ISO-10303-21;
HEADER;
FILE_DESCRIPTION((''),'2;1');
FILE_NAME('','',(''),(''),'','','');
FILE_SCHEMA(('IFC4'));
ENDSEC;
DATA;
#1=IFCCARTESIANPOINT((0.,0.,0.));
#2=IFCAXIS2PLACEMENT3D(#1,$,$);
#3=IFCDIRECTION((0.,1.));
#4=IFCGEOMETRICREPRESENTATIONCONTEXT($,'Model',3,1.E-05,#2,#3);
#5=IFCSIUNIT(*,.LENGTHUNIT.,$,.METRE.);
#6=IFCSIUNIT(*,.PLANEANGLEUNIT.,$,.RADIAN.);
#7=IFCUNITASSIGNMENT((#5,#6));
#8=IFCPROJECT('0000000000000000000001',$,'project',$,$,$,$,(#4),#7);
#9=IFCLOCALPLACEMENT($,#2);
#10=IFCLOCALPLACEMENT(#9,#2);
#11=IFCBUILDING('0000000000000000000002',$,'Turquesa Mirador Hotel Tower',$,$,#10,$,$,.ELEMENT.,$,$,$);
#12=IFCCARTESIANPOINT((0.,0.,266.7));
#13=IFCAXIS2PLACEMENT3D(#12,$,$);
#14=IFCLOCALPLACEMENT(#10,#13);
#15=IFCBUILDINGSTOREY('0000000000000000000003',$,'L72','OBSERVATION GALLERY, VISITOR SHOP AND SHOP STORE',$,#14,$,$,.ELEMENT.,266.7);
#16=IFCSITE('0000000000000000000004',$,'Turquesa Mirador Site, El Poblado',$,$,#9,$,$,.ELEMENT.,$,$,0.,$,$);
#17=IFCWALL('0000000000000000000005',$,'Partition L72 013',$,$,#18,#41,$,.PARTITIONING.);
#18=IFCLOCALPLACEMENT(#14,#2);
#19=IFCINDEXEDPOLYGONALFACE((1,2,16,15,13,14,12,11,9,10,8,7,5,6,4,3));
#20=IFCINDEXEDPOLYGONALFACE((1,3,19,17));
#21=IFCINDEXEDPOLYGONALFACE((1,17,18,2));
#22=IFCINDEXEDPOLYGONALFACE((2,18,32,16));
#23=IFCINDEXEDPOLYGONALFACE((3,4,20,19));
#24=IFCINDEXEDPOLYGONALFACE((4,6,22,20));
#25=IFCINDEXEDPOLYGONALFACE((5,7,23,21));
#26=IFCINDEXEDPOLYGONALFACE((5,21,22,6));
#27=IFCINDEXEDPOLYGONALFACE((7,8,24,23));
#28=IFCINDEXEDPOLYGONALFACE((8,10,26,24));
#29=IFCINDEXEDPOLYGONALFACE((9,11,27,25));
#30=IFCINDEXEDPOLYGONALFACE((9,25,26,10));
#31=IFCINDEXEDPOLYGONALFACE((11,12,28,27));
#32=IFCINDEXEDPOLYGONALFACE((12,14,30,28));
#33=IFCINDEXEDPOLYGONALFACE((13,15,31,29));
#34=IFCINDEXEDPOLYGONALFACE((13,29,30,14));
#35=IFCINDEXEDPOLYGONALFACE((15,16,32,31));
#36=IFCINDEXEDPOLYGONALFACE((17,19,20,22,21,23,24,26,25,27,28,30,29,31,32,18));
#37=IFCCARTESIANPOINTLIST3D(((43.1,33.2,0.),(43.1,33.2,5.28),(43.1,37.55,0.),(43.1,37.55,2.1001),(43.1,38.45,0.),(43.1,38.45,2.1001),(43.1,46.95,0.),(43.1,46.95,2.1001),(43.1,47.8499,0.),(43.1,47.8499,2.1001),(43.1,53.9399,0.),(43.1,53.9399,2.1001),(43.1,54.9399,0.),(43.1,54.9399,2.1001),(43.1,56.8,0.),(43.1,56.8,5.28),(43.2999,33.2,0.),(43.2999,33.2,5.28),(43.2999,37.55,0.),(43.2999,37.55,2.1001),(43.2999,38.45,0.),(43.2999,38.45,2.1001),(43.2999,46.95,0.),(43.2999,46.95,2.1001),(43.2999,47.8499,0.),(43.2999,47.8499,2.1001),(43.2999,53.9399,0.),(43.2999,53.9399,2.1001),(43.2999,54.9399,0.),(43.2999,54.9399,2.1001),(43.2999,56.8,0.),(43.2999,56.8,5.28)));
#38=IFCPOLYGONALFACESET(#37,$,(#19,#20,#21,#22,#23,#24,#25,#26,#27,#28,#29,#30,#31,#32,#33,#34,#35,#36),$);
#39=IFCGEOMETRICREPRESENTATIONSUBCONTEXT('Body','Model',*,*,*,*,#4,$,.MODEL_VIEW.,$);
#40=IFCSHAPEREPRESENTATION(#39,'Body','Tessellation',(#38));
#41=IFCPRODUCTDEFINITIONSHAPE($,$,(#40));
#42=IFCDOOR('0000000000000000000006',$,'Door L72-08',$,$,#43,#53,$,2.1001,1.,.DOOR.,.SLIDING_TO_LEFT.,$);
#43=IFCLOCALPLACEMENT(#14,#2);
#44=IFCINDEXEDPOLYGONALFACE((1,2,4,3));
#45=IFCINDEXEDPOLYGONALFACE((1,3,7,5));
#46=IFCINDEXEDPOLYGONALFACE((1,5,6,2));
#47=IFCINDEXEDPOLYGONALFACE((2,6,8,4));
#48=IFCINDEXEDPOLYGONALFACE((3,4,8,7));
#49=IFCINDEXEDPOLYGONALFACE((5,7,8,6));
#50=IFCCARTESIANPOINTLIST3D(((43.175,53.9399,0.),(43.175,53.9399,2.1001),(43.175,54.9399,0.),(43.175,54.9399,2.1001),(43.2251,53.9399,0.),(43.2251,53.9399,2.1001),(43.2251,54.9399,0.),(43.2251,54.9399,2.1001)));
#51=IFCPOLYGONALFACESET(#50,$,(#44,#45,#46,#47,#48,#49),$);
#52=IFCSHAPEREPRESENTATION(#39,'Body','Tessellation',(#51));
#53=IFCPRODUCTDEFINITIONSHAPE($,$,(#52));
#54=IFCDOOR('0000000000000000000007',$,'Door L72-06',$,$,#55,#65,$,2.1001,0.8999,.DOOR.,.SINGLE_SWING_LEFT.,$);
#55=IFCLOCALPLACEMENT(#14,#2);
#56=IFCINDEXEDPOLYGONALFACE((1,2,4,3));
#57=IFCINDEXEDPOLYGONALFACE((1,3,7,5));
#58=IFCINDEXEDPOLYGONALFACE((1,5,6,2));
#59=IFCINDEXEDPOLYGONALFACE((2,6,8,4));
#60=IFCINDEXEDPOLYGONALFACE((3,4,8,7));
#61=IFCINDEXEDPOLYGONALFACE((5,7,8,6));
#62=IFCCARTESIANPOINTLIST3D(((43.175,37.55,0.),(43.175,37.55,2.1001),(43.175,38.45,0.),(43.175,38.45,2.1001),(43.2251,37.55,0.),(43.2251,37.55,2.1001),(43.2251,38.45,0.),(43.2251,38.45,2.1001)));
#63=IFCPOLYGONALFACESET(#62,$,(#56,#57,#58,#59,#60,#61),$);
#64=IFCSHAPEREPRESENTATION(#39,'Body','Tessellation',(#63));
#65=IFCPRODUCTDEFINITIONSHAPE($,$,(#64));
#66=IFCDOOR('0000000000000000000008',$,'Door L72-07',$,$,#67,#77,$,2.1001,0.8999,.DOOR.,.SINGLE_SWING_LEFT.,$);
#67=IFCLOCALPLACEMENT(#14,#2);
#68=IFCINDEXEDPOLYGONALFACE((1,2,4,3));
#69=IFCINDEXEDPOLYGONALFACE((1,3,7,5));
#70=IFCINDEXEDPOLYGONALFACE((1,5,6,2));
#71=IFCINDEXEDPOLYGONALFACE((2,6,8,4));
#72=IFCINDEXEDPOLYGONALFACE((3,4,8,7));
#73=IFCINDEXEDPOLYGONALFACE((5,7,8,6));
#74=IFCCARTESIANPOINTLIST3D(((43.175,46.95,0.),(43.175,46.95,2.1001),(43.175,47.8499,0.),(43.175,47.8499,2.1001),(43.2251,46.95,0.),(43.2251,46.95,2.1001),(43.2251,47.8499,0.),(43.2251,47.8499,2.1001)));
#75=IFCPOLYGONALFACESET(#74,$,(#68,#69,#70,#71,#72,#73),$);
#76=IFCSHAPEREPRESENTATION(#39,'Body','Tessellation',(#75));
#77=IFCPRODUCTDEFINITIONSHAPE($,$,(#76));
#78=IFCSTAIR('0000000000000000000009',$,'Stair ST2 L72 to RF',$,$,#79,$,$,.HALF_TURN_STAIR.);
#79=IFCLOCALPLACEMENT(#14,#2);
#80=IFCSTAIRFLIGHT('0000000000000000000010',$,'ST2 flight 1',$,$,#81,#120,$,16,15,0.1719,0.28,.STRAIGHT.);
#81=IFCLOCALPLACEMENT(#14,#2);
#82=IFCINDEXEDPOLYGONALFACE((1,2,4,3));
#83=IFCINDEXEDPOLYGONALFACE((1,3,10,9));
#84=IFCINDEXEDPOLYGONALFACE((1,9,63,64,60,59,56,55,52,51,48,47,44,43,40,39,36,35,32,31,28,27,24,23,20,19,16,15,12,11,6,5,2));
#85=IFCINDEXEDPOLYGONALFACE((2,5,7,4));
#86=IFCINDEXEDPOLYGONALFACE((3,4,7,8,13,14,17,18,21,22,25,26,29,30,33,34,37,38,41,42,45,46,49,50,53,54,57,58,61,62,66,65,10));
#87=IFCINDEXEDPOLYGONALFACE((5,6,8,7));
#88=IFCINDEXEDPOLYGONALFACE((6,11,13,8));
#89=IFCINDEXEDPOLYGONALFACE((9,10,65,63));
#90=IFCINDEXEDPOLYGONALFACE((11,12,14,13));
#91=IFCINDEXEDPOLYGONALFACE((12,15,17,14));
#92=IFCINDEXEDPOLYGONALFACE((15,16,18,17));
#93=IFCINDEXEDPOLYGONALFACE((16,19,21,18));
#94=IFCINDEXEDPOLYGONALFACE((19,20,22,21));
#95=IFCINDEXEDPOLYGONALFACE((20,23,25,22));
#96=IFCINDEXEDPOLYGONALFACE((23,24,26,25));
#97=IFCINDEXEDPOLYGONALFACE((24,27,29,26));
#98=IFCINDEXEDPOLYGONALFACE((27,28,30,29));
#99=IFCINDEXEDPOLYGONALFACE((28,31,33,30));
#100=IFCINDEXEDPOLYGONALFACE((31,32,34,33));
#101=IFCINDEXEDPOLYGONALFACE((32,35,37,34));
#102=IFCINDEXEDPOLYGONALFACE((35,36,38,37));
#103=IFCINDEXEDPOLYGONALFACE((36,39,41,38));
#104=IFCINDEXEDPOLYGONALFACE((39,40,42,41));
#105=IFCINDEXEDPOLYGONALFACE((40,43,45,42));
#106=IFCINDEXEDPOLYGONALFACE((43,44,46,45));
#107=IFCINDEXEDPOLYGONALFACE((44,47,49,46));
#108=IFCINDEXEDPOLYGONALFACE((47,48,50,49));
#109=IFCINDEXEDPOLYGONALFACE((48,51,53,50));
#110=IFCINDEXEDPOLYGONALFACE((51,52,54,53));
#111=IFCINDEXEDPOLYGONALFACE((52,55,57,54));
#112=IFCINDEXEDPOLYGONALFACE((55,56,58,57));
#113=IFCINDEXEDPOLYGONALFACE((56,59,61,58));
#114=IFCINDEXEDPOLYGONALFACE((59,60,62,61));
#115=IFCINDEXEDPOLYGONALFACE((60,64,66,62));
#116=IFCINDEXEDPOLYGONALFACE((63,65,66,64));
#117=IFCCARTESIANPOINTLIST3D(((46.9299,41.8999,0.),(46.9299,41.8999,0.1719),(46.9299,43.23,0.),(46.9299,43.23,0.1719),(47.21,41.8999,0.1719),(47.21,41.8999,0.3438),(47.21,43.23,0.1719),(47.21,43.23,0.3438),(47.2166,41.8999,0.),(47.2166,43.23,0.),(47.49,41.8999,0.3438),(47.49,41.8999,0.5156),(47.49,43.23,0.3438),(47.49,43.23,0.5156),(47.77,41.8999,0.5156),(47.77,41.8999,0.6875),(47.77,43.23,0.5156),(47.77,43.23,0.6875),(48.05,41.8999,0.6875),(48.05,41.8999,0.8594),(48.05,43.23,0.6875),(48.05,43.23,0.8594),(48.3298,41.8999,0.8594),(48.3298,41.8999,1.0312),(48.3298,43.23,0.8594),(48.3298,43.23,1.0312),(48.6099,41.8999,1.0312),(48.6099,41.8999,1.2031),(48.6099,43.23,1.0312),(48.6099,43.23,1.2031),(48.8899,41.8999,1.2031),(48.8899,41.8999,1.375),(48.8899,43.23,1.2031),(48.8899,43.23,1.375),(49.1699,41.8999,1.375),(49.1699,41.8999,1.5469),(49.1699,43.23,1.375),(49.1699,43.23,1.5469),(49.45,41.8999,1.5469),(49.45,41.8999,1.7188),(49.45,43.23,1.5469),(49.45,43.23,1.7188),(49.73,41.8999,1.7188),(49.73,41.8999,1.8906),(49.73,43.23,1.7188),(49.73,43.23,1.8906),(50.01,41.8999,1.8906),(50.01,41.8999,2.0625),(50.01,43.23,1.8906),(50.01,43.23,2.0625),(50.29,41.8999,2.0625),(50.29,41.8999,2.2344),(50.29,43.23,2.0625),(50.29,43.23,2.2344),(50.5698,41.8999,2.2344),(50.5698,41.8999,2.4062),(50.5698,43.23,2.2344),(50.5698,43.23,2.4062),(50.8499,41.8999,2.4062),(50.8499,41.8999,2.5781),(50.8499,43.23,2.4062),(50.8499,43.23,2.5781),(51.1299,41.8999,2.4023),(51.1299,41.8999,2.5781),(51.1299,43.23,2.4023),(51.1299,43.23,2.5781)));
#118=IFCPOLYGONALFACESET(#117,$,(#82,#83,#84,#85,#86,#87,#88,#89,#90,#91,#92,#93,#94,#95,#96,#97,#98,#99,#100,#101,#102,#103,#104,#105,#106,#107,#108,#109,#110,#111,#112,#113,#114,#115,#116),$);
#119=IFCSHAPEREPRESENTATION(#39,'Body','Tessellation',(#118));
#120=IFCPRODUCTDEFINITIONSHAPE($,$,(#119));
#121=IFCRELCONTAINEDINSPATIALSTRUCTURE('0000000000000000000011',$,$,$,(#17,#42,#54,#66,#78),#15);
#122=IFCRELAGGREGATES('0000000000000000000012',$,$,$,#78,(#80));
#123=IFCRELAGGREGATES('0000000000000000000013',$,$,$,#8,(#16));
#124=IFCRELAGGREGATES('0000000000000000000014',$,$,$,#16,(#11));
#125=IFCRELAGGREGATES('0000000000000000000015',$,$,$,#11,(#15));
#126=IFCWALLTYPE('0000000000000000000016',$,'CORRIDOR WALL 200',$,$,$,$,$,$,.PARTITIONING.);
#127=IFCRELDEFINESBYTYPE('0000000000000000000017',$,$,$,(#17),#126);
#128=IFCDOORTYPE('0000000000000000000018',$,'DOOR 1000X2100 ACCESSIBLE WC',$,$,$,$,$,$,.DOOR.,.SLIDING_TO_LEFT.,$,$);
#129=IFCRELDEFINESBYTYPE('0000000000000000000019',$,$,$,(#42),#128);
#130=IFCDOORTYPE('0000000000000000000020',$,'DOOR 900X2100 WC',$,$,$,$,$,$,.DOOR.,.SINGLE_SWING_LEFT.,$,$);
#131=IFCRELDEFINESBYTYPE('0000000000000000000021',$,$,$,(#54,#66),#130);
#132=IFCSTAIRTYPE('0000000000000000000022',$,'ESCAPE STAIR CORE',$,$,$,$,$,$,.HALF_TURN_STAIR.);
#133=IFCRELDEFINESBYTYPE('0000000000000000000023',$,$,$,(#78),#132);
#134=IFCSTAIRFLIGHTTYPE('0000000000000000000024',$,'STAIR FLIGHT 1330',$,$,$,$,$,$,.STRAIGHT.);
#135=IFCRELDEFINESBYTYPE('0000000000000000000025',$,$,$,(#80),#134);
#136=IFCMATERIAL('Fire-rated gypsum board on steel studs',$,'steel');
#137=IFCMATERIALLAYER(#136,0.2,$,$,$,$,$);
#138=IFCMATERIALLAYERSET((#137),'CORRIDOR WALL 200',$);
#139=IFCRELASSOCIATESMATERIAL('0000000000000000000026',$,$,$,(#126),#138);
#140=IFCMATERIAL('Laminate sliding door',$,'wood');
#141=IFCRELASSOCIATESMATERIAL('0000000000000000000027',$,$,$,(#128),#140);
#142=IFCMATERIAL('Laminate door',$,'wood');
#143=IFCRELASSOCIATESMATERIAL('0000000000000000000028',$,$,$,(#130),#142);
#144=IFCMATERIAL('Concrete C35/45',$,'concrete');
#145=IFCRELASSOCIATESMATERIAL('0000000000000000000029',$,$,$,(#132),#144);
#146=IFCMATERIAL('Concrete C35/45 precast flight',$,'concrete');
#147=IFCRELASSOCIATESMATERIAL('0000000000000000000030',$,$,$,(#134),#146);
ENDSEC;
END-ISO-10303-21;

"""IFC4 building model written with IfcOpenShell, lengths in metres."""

from ifc_helpers import new_model, si_unit, direction, frame, frame_2d, origin, place, context, subcontext, project, spatial, polyline, rectangle, outline, extrude, material, layer, layer_set, type_object, element, fill, aggregate, save


model = new_model("IFC4")

# Units and contexts
model_context = context("Model", 3, precision=1e-05, world=origin(), true_north=direction((0.0, 1.0)))
body_context = subcontext(model_context, "Body", "Model", "MODEL_VIEW")
ifc_project = project(units=[si_unit("LENGTHUNIT", "METRE"), si_unit("PLANEANGLEUNIT", "RADIAN")], contexts=[model_context])

# Site, building, storey
site_placement = place(None, origin())
site = spatial("IfcSite", under=ifc_project, at=site_placement, Name="Turquesa Mirador Site, El Poblado", CompositionType="ELEMENT", RefElevation=0.0)
building_placement = place(site_placement, origin())
building = spatial("IfcBuilding", under=site, at=building_placement, Name="Turquesa Mirador Hotel Tower", CompositionType="ELEMENT")
storey_placement = place(building_placement, frame((0.0, 0.0, 266.7)))
storey = spatial("IfcBuildingStorey", under=building, at=storey_placement, Name="L72", Description="OBSERVATION GALLERY, VISITOR SHOP AND SHOP STORE", CompositionType="ELEMENT", Elevation=266.7)

# Shared definitions
ifc_material_1 = material(Name="Fire-rated gypsum board on steel studs", Category="steel")
ifc_layer_1 = layer(ifc_material_1, 0.2)
ifc_layer_set_1 = layer_set([ifc_layer_1], Name="CORRIDOR WALL 200")
wall_type_1 = type_object("IfcWallType", Name="CORRIDOR WALL 200", PredefinedType="PARTITIONING", material=ifc_layer_set_1)

# Wall, openings, doors
wall_1_placement = place(storey_placement, frame((43.2, 33.2, 0.0), z_axis=(0.0, 0.0, 1.0), x_axis=(0.0, 1.0, 0.0)))
wall_1 = element("IfcWall", 1, at=wall_1_placement, inside=storey, type_object=wall_type_1, Name="Partition L72 013", PredefinedType="PARTITIONING", context=body_context, shape_type="SweptSolid", body=[
    extrude(rectangle(XDim=23.6001, YDim=0.2, at=frame_2d((11.8, 0.0))), origin(), (0.0, 0.0, 1.0), 5.28),
])
opening_1_placement = place(wall_1_placement, frame((20.74, 0.0, 0.0)))
opening_1 = element("IfcOpeningElement", 2, at=opening_1_placement, cuts=wall_1, PredefinedType="OPENING", context=body_context, shape_type="SweptSolid", body=[
    extrude(rectangle(XDim=1.0, YDim=2.1001, at=frame_2d((0.5, 1.05))), frame((0.0, 0.1099, 0.0), z_axis=(0.0, -1.0, 0.0), x_axis=(1.0, 0.0, 0.0)), (0.0, 0.0, 1.0), 0.22),
])
opening_2_placement = place(wall_1_placement, frame((4.3501, 0.0, 0.0)))
opening_2 = element("IfcOpeningElement", 3, at=opening_2_placement, cuts=wall_1, PredefinedType="OPENING", context=body_context, shape_type="SweptSolid", body=[
    extrude(rectangle(XDim=0.8999, YDim=2.1001, at=frame_2d((0.45, 1.05))), frame((0.0, 0.1099, 0.0), z_axis=(0.0, -1.0, 0.0), x_axis=(1.0, 0.0, 0.0)), (0.0, 0.0, 1.0), 0.22),
])
opening_3_placement = place(wall_1_placement, frame((13.75, 0.0, 0.0)))
opening_3 = element("IfcOpeningElement", 4, at=opening_3_placement, cuts=wall_1, PredefinedType="OPENING", context=body_context, shape_type="SweptSolid", body=[
    extrude(rectangle(XDim=0.8999, YDim=2.1001, at=frame_2d((0.45, 1.05))), frame((0.0, 0.1099, 0.0), z_axis=(0.0, -1.0, 0.0), x_axis=(1.0, 0.0, 0.0)), (0.0, 0.0, 1.0), 0.22),
])
ifc_material_2 = material(Name="Laminate sliding door", Category="wood")
door_type_1 = type_object("IfcDoorType", Name="DOOR 1000X2100 ACCESSIBLE WC", OperationType="SLIDING_TO_LEFT", PredefinedType="DOOR", material=ifc_material_2)
door_1_placement = place(opening_1_placement, origin())
door_1 = element("IfcDoor", 5, at=door_1_placement, inside=storey, type_object=door_type_1, Name="Door L72-08", OperationType="SLIDING_TO_LEFT", OverallHeight=2.1001, OverallWidth=1.0, PredefinedType="DOOR", context=body_context, shape_type="SweptSolid", body=[
    extrude(rectangle(XDim=1.0, YDim=2.1001, at=frame_2d((0.5, 1.05))), frame((0.0, 0.0249, 0.0), z_axis=(0.0, -1.0, 0.0), x_axis=(1.0, 0.0, 0.0)), (0.0, 0.0, 1.0), 0.05),
])
fill(opening_1, door_1)
ifc_material_3 = material(Name="Laminate door", Category="wood")
door_type_2 = type_object("IfcDoorType", Name="DOOR 900X2100 WC", OperationType="SINGLE_SWING_LEFT", PredefinedType="DOOR", material=ifc_material_3)
door_2_placement = place(opening_2_placement, origin())
door_2 = element("IfcDoor", 6, at=door_2_placement, inside=storey, type_object=door_type_2, Name="Door L72-06", OperationType="SINGLE_SWING_LEFT", OverallHeight=2.1001, OverallWidth=0.8999, PredefinedType="DOOR", context=body_context, shape_type="SweptSolid", body=[
    extrude(rectangle(XDim=0.8999, YDim=2.1001, at=frame_2d((0.45, 1.05))), frame((0.0, 0.0249, 0.0), z_axis=(0.0, -1.0, 0.0), x_axis=(1.0, 0.0, 0.0)), (0.0, 0.0, 1.0), 0.05),
])
fill(opening_2, door_2)
door_3_placement = place(opening_3_placement, origin())
door_3 = element("IfcDoor", 7, at=door_3_placement, inside=storey, type_object=door_type_2, Name="Door L72-07", OperationType="SINGLE_SWING_LEFT", OverallHeight=2.1001, OverallWidth=0.8999, PredefinedType="DOOR", context=body_context, shape_type="SweptSolid", body=[
    extrude(rectangle(XDim=0.8999, YDim=2.1001, at=frame_2d((0.45, 1.05))), frame((0.0, 0.0249, 0.0), z_axis=(0.0, -1.0, 0.0), x_axis=(1.0, 0.0, 0.0)), (0.0, 0.0, 1.0), 0.05),
])
fill(opening_3, door_3)

# Stair, stair flight
ifc_material_4 = material(Name="Concrete C35/45", Category="concrete")
stair_type = type_object("IfcStairType", Name="ESCAPE STAIR CORE", PredefinedType="HALF_TURN_STAIR", material=ifc_material_4)
stair_placement = place(storey_placement, origin())
stair = element("IfcStair", 8, at=stair_placement, inside=storey, type_object=stair_type, Name="Stair ST2 L72 to RF", PredefinedType="HALF_TURN_STAIR")
ifc_material_5 = material(Name="Concrete C35/45 precast flight", Category="concrete")
stair_flight_type = type_object("IfcStairFlightType", Name="STAIR FLIGHT 1330", PredefinedType="STRAIGHT", material=ifc_material_5)
stair_flight_placement = place(storey_placement, frame((46.9299, 42.5649, 0.0), z_axis=(0.0, 0.0, 1.0), x_axis=(1.0, 0.0, 0.0)))
stair_flight = element("IfcStairFlight", 9, at=stair_flight_placement, type_object=stair_flight_type, Name="ST2 flight 1", NumberOfRisers=16, NumberOfTreads=15, PredefinedType="STRAIGHT", RiserHeight=0.1719, TreadLength=0.28, context=body_context, shape_type="SweptSolid", body=[
    extrude(outline(polyline([(0.0, 0.0), (0.0, 0.1719), (0.28, 0.1719), (0.28, 0.3438), (0.5601, 0.3438), (0.5601, 0.5156), (0.8401, 0.5156), (0.8401, 0.6875), (1.1201, 0.6875), (1.1201, 0.8594), (1.3999, 0.8594), (1.3999, 1.0312), (1.6799, 1.0312), (1.6799, 1.2031), (1.96, 1.2031), (1.96, 1.375), (2.24, 1.375), (2.24, 1.5469), (2.52, 1.5469), (2.52, 1.7188), (2.8, 1.7188), (2.8, 1.8906), (3.0801, 1.8906), (3.0801, 2.0625), (3.3601, 2.0625), (3.3601, 2.2344), (3.6399, 2.2344), (3.6399, 2.4062), (3.9199, 2.4062), (3.9199, 2.5781), (4.2, 2.5781), (4.2, 2.75), (4.2, 2.4023), (0.2866, 0.0), (0.0, 0.0)])), frame((0.0, 0.665, 0.0), z_axis=(0.0, -1.0, 0.0), x_axis=(1.0, 0.0, 0.0)), (0.0, 0.0, 1.0), 1.3301),
])
aggregate(stair, [stair_flight])

save(model, "model.ifc")
